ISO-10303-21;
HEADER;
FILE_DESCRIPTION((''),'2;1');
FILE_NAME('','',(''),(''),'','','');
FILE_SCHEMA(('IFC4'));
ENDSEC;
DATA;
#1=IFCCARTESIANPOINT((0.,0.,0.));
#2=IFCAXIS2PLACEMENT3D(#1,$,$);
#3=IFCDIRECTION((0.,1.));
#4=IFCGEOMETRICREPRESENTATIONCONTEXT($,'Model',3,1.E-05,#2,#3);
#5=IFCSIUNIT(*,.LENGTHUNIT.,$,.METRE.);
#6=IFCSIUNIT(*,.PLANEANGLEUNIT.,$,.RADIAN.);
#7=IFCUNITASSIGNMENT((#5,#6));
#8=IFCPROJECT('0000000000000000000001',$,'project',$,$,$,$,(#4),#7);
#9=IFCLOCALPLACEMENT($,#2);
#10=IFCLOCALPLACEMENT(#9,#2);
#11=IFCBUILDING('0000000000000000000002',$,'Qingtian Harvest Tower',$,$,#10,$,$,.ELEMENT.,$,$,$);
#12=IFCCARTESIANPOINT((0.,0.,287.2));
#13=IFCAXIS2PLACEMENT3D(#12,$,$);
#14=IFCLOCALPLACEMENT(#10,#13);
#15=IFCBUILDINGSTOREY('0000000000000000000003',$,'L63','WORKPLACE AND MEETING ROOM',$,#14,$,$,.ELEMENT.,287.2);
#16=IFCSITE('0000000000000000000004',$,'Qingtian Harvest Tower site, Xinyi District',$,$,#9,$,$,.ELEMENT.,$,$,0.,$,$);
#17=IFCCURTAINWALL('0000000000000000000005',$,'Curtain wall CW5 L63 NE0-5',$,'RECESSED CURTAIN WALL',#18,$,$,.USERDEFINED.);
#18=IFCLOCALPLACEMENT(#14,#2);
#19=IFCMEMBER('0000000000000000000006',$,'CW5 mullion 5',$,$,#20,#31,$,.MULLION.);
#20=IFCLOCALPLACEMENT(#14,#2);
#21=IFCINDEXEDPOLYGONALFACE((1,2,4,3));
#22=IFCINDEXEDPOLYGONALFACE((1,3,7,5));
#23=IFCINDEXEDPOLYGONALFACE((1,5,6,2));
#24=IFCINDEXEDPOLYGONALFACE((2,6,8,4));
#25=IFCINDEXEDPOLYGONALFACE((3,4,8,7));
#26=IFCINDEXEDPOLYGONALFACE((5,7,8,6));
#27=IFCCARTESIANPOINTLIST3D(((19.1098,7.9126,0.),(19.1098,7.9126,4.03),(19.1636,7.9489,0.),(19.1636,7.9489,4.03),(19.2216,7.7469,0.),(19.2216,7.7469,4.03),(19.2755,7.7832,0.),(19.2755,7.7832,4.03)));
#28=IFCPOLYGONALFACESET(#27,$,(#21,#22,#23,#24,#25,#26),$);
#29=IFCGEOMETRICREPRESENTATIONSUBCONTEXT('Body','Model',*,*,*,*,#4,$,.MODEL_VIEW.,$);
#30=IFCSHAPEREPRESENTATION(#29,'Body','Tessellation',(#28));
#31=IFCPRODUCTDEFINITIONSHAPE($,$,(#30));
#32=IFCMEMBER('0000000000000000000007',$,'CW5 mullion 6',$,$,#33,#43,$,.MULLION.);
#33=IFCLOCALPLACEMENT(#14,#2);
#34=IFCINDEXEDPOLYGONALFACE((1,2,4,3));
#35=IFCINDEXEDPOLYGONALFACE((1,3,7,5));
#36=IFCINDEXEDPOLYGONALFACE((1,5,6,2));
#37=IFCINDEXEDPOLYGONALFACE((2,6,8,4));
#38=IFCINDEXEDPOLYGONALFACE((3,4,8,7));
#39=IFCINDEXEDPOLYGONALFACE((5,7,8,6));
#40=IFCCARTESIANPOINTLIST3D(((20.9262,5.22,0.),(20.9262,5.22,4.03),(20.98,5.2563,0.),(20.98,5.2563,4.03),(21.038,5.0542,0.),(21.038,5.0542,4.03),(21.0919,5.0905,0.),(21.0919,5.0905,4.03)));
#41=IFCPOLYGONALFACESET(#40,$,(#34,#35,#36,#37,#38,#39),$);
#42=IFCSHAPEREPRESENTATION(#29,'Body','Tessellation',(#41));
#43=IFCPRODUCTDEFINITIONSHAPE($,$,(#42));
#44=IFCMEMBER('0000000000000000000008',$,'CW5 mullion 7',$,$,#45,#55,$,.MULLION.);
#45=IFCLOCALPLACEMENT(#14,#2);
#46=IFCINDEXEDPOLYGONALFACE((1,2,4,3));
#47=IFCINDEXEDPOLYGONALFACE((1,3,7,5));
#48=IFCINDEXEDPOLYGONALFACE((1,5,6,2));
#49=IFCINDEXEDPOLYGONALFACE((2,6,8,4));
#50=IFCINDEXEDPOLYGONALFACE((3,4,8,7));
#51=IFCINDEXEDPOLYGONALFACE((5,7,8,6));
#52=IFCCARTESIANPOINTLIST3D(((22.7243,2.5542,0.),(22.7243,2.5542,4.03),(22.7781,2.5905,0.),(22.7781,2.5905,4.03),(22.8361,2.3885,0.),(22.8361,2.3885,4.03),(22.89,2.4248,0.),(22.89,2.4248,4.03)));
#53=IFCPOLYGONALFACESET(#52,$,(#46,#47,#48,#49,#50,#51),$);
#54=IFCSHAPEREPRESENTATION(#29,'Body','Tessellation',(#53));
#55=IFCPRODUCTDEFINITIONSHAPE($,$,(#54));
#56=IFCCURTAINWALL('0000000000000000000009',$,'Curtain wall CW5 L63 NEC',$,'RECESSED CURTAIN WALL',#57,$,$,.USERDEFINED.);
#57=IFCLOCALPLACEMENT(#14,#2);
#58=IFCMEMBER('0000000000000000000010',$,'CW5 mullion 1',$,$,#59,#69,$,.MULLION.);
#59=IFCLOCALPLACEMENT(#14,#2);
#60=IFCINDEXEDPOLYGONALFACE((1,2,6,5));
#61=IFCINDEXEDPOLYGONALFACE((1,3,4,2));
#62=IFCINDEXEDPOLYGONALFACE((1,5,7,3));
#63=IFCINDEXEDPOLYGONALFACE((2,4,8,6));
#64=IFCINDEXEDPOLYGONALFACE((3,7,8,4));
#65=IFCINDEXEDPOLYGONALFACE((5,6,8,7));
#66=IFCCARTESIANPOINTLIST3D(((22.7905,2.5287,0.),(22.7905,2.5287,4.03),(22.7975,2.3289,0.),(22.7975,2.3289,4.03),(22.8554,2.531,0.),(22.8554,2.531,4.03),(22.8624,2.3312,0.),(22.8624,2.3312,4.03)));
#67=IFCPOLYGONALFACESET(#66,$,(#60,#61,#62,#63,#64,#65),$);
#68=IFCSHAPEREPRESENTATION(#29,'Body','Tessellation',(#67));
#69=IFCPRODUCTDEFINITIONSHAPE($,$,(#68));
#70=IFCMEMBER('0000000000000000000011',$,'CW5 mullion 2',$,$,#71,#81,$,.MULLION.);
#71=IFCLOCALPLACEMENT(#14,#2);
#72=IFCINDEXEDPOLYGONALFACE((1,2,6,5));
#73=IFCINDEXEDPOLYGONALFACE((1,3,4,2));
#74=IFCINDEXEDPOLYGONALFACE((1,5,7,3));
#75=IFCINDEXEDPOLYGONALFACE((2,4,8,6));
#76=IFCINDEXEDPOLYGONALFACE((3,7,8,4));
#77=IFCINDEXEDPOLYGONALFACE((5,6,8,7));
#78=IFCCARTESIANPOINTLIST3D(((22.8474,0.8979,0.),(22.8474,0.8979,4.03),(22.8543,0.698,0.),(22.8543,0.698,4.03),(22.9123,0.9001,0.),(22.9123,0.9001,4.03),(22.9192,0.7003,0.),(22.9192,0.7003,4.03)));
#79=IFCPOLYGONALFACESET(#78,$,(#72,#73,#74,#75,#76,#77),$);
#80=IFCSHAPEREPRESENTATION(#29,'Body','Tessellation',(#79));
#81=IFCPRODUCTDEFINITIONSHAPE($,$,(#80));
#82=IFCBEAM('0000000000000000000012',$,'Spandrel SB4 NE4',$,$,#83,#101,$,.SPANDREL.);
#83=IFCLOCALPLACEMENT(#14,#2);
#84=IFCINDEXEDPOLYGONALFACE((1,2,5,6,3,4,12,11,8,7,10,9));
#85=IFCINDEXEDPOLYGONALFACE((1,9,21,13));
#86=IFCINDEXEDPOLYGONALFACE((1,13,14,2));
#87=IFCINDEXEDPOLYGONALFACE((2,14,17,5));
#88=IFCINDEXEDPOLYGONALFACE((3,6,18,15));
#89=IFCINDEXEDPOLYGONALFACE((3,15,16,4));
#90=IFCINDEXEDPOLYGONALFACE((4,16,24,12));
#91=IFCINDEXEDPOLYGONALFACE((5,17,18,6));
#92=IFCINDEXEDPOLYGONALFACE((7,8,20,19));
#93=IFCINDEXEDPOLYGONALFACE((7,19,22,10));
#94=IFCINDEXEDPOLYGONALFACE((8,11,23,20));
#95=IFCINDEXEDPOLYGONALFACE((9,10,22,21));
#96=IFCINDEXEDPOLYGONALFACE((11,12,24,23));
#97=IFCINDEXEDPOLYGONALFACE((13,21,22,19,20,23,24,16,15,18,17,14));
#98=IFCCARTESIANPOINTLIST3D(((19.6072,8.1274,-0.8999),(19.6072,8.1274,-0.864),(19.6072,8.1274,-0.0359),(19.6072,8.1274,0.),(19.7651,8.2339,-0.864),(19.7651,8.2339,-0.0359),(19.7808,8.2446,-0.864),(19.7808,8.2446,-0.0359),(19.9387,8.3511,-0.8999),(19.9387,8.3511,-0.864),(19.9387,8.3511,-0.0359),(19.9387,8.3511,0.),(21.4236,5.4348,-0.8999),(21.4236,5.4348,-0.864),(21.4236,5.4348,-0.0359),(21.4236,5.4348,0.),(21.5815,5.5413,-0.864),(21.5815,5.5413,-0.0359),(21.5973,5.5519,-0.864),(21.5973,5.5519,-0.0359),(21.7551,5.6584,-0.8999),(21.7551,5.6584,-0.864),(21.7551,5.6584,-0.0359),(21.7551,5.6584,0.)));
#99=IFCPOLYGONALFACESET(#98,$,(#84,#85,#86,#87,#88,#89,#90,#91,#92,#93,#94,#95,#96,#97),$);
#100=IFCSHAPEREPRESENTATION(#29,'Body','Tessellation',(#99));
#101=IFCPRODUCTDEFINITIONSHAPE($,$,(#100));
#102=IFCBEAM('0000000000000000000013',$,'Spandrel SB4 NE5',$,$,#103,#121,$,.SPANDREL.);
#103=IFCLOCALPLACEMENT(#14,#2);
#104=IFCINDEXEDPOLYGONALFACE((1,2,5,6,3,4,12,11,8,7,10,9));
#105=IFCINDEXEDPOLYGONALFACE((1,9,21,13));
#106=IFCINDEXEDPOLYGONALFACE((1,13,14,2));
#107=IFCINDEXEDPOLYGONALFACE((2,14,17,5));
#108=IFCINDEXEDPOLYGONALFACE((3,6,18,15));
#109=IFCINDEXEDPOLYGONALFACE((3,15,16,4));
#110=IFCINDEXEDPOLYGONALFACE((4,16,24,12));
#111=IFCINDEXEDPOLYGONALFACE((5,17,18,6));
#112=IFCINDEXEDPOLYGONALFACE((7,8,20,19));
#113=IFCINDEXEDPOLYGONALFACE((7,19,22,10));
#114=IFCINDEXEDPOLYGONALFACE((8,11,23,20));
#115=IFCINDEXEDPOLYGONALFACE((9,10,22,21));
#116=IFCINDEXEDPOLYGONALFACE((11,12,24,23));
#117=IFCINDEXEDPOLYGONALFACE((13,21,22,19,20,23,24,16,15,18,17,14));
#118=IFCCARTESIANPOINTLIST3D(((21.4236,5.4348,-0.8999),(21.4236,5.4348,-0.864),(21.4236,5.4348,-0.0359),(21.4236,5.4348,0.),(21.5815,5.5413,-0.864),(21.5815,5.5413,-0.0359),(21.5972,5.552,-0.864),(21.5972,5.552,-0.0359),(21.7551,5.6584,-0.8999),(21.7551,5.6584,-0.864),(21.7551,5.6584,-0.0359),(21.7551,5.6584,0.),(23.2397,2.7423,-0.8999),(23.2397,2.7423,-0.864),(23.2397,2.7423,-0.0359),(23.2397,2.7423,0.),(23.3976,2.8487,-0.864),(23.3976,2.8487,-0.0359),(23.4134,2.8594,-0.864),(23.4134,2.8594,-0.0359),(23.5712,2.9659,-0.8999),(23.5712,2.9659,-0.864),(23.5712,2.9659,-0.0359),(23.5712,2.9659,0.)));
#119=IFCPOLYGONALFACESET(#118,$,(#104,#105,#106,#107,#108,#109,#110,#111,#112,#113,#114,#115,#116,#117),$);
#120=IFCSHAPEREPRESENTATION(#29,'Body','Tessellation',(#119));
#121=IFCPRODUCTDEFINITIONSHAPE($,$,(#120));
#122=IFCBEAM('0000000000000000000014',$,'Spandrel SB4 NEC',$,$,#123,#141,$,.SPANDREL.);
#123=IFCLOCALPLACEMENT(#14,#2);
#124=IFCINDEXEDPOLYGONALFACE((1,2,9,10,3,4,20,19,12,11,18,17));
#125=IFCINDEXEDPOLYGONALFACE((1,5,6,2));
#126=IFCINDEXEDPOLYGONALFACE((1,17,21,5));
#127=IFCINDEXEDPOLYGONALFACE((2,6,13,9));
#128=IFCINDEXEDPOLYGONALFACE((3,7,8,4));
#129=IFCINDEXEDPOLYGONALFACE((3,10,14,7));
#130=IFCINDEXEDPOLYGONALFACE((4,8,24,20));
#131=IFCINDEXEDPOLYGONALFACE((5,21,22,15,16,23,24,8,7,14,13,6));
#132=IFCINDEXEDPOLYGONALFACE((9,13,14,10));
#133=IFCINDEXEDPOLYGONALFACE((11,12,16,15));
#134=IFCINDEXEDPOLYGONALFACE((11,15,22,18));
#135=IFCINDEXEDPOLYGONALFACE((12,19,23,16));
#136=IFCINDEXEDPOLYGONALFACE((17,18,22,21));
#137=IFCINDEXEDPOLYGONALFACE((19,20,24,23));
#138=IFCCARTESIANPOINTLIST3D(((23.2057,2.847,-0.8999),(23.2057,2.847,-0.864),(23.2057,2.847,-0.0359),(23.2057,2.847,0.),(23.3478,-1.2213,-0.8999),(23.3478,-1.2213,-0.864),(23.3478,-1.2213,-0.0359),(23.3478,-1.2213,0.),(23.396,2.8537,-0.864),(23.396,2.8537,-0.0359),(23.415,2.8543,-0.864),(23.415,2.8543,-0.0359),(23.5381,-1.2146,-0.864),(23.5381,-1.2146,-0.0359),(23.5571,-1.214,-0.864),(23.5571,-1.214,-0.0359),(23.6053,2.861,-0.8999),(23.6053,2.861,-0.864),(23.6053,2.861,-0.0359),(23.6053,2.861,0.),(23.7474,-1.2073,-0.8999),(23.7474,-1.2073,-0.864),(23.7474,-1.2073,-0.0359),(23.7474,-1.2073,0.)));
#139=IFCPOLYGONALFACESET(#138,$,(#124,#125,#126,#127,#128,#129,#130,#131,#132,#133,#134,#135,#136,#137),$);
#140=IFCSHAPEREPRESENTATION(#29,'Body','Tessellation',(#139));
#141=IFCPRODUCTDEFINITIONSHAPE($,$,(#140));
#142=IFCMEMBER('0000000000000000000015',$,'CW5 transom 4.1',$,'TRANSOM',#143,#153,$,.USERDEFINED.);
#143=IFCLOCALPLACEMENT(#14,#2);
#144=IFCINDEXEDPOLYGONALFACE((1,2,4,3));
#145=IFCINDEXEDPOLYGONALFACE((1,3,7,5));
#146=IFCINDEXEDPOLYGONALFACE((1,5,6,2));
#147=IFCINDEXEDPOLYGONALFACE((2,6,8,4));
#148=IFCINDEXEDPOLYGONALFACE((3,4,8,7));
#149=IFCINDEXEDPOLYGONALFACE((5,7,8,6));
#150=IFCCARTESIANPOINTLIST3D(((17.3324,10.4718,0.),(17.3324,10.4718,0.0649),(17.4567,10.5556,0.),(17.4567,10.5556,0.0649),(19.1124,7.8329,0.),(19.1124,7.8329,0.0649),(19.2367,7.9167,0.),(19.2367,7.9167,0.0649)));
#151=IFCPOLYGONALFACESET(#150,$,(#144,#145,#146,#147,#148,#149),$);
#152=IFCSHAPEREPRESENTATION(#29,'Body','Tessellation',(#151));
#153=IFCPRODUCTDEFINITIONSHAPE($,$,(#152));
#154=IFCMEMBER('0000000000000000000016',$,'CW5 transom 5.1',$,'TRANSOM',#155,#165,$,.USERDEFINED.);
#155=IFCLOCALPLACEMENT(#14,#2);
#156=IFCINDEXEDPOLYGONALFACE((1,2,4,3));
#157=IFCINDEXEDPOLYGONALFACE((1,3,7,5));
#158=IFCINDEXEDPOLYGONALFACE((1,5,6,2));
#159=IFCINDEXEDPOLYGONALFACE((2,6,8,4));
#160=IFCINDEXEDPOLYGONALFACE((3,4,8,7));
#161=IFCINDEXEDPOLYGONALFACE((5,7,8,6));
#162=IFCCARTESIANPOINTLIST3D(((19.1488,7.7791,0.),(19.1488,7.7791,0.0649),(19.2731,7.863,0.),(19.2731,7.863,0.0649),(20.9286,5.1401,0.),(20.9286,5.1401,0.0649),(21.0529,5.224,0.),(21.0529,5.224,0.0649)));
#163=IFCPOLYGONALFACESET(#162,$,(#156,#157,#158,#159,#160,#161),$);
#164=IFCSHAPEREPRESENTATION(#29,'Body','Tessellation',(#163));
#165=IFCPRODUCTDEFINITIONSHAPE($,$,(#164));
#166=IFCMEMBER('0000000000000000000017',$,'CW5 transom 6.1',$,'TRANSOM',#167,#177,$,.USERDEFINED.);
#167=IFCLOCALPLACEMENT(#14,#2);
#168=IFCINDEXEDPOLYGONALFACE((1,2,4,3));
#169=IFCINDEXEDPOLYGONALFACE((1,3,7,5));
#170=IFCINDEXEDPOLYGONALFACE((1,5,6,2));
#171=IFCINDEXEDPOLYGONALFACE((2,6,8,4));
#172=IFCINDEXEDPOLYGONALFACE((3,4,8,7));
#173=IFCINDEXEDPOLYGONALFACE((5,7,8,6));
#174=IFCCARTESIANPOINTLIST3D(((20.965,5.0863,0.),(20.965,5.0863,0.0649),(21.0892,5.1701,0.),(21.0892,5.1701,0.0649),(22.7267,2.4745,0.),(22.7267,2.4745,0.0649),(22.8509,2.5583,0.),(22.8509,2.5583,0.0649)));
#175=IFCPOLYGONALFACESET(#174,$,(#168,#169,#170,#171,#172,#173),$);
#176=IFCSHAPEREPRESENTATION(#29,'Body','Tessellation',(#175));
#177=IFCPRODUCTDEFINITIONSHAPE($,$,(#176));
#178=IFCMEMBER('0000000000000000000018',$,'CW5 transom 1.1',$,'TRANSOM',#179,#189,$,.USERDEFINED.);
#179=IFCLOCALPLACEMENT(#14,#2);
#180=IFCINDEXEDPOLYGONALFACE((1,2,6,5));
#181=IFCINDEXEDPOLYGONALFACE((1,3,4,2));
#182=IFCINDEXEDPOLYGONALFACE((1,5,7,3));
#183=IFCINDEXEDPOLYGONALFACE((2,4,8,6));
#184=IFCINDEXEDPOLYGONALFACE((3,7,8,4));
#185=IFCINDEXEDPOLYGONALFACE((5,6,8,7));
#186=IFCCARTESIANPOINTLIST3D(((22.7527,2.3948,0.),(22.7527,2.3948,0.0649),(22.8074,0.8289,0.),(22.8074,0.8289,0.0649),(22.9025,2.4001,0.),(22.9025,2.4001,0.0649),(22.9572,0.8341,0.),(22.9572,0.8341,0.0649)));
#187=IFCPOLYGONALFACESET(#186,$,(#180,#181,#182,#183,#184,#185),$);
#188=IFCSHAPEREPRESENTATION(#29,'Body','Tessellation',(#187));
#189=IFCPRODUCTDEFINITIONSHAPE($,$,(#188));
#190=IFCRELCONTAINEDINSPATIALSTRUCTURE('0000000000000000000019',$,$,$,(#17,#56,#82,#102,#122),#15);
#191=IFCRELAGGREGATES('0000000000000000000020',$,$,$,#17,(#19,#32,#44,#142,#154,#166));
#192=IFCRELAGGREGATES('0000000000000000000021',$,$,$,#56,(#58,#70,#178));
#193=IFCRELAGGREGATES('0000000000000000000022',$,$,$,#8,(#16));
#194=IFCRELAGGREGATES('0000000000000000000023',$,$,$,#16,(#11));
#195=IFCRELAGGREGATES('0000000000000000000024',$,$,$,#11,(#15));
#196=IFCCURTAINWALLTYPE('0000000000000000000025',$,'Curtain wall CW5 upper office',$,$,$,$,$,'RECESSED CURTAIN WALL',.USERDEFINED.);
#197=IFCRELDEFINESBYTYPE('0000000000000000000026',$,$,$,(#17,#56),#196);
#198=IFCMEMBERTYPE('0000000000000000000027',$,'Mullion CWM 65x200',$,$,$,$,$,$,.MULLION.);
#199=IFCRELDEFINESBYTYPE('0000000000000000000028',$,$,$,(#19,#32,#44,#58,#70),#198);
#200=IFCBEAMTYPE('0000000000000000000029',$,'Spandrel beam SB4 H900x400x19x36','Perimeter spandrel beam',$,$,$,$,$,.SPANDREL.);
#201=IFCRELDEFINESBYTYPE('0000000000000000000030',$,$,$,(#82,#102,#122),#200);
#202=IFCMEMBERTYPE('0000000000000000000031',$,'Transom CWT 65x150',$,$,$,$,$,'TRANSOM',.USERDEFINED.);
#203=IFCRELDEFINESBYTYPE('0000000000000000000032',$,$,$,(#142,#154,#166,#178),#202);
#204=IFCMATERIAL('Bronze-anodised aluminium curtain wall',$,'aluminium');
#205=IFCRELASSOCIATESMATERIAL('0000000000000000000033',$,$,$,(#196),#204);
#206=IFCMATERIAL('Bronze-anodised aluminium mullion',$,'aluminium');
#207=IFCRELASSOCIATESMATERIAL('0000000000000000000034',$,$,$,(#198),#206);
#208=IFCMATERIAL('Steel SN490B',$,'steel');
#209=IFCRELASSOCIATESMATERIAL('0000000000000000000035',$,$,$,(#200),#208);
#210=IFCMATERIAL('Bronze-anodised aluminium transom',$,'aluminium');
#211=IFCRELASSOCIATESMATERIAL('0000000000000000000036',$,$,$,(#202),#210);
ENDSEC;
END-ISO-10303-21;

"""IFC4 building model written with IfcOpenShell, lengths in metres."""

from ifc_helpers import new_model, si_unit, direction, frame, origin, origin_2d, place, context, subcontext, project, spatial, rectangle, i_section, extrude, material, material_profile, profile_set, type_object, element, aggregate, save


model = new_model("IFC4")

# Units and contexts
model_context = context("Model", 3, precision=1e-05, world=origin(), true_north=direction((0.0, 1.0)))
body_context = subcontext(model_context, "Body", "Model", "MODEL_VIEW")
ifc_project = project(units=[si_unit("LENGTHUNIT", "METRE"), si_unit("PLANEANGLEUNIT", "RADIAN")], contexts=[model_context])

# Site, building, storey
site_placement = place(None, origin())
site = spatial("IfcSite", under=ifc_project, at=site_placement, Name="Qingtian Harvest Tower site, Xinyi District", CompositionType="ELEMENT", RefElevation=0.0)
building_placement = place(site_placement, origin())
building = spatial("IfcBuilding", under=site, at=building_placement, Name="Qingtian Harvest Tower", CompositionType="ELEMENT")
storey_placement = place(building_placement, frame((0.0, 0.0, 287.2)))
storey = spatial("IfcBuildingStorey", under=building, at=storey_placement, Name="L63", Description="WORKPLACE AND MEETING ROOM", CompositionType="ELEMENT", Elevation=287.2)

# Curtain walls, members
ifc_material_1 = material(Name="Bronze-anodised aluminium curtain wall", Category="aluminium")
curtain_wall_type = type_object("IfcCurtainWallType", Name="Curtain wall CW5 upper office", ElementType="RECESSED CURTAIN WALL", PredefinedType="USERDEFINED", material=ifc_material_1)
curtain_wall_1_placement = place(storey_placement, origin())
curtain_wall_1 = element("IfcCurtainWall", 1, at=curtain_wall_1_placement, inside=storey, type_object=curtain_wall_type, Name="Curtain wall CW5 L63 NE0-5", ObjectType="RECESSED CURTAIN WALL", PredefinedType="USERDEFINED")
ifc_material_2 = material(Name="Bronze-anodised aluminium mullion", Category="aluminium")
ifc_material_profile_1 = material_profile(ifc_material_2, rectangle(XDim=0.0649, YDim=0.2, at=origin_2d()), Name="AL 65x200")
ifc_profile_set_1 = profile_set([ifc_material_profile_1], Name="Bronze-anodised aluminium mullion")
member_type_1 = type_object("IfcMemberType", Name="Mullion CWM 65x200", PredefinedType="MULLION", material=ifc_profile_set_1)
member_1_placement = place(storey_placement, frame((19.1926, 7.8479, 0.0), z_axis=(0.0, 0.0, 1.0), x_axis=(0.829038, 0.559193, 0.0)))
member_1 = element("IfcMember", 2, at=member_1_placement, type_object=member_type_1, Name="CW5 mullion 5", PredefinedType="MULLION", context=body_context, shape_type="SweptSolid", body=[
    extrude(rectangle(XDim=0.0649, YDim=0.2, at=origin_2d()), origin(), (0.0, 0.0, 1.0), 4.03),
])
member_2_placement = place(storey_placement, frame((21.009, 5.1553, 0.0), z_axis=(0.0, 0.0, 1.0), x_axis=(0.829038, 0.559193, 0.0)))
member_2 = element("IfcMember", 3, at=member_2_placement, type_object=member_type_1, Name="CW5 mullion 6", PredefinedType="MULLION", context=body_context, shape_type="SweptSolid", body=[
    extrude(rectangle(XDim=0.0649, YDim=0.2, at=origin_2d()), origin(), (0.0, 0.0, 1.0), 4.03),
])
member_3_placement = place(storey_placement, frame((22.8071, 2.4895, 0.0), z_axis=(0.0, 0.0, 1.0), x_axis=(0.829038, 0.559193, 0.0)))
member_3 = element("IfcMember", 4, at=member_3_placement, type_object=member_type_1, Name="CW5 mullion 7", PredefinedType="MULLION", context=body_context, shape_type="SweptSolid", body=[
    extrude(rectangle(XDim=0.0649, YDim=0.2, at=origin_2d()), origin(), (0.0, 0.0, 1.0), 4.03),
])
curtain_wall_2_placement = place(storey_placement, origin())
curtain_wall_2 = element("IfcCurtainWall", 5, at=curtain_wall_2_placement, inside=storey, type_object=curtain_wall_type, Name="Curtain wall CW5 L63 NEC", ObjectType="RECESSED CURTAIN WALL", PredefinedType="USERDEFINED")
member_4_placement = place(storey_placement, frame((22.8264, 2.4299, 0.0), z_axis=(0.0, 0.0, 1.0), x_axis=(0.999391, 0.034899, 0.0)))
member_4 = element("IfcMember", 6, at=member_4_placement, type_object=member_type_1, Name="CW5 mullion 1", PredefinedType="MULLION", context=body_context, shape_type="SweptSolid", body=[
    extrude(rectangle(XDim=0.0649, YDim=0.2, at=origin_2d()), origin(), (0.0, 0.0, 1.0), 4.03),
])
member_5_placement = place(storey_placement, frame((22.8833, 0.7991, 0.0), z_axis=(0.0, 0.0, 1.0), x_axis=(0.999391, 0.034899, 0.0)))
member_5 = element("IfcMember", 7, at=member_5_placement, type_object=member_type_1, Name="CW5 mullion 2", PredefinedType="MULLION", context=body_context, shape_type="SweptSolid", body=[
    extrude(rectangle(XDim=0.0649, YDim=0.2, at=origin_2d()), origin(), (0.0, 0.0, 1.0), 4.03),
])

# Beams
ifc_material_3 = material(Name="Steel SN490B", Category="steel")
ifc_material_profile_2 = material_profile(ifc_material_3, i_section(OverallWidth=0.3999, OverallDepth=0.8999, WebThickness=0.019, FlangeThickness=0.0359, at=origin_2d()), Name="H900x400x19x36")
ifc_profile_set_2 = profile_set([ifc_material_profile_2], Name="Steel SN490B")
beam_type_1 = type_object("IfcBeamType", Name="Spandrel beam SB4 H900x400x19x36", Description="Perimeter spandrel beam", PredefinedType="SPANDREL", material=ifc_profile_set_2)
beam_1_placement = place(storey_placement, frame((19.7729, 8.2393, -0.45), z_axis=(0.559237, -0.829008, 0.0), x_axis=(0.829008, 0.559237, 0.0)))
element("IfcBeam", 8, at=beam_1_placement, inside=storey, type_object=beam_type_1, Name="Spandrel SB4 NE4", PredefinedType="SPANDREL", context=body_context, shape_type="SweptSolid", body=[
    extrude(i_section(OverallWidth=0.3999, OverallDepth=0.8999, WebThickness=0.019, FlangeThickness=0.0359, at=origin_2d()), origin(), (0.0, 0.0, 1.0), 3.248),
])
beam_2_placement = place(storey_placement, frame((21.5894, 5.5466, -0.45), z_axis=(0.559185, -0.829043, 0.0), x_axis=(0.829043, 0.559185, 0.0)))
element("IfcBeam", 9, at=beam_2_placement, inside=storey, type_object=beam_type_1, Name="Spandrel SB4 NE5", PredefinedType="SPANDREL", context=body_context, shape_type="SweptSolid", body=[
    extrude(i_section(OverallWidth=0.3999, OverallDepth=0.8999, WebThickness=0.019, FlangeThickness=0.0359, at=origin_2d()), origin(), (0.0, 0.0, 1.0), 3.2478),
])
beam_3_placement = place(storey_placement, frame((23.4055, 2.854, -0.45), z_axis=(0.034904, -0.999391, 0.0), x_axis=(0.999391, 0.034904, 0.0)))
element("IfcBeam", 10, at=beam_3_placement, inside=storey, type_object=beam_type_1, Name="Spandrel SB4 NEC", PredefinedType="SPANDREL", context=body_context, shape_type="SweptSolid", body=[
    extrude(i_section(OverallWidth=0.3999, OverallDepth=0.8999, WebThickness=0.019, FlangeThickness=0.0359, at=origin_2d()), origin(), (0.0, 0.0, 1.0), 4.0708),
])

# Members
ifc_material_4 = material(Name="Bronze-anodised aluminium transom", Category="aluminium")
ifc_material_profile_3 = material_profile(ifc_material_4, rectangle(XDim=0.1499, YDim=0.0649, at=origin_2d()), Name="AL 65x150")
ifc_profile_set_3 = profile_set([ifc_material_profile_3], Name="Bronze-anodised aluminium transom")
member_type_2 = type_object("IfcMemberType", Name="Transom CWT 65x150", ElementType="TRANSOM", PredefinedType="USERDEFINED", material=ifc_profile_set_3)
member_6_placement = place(storey_placement, frame((17.3945, 10.5137, 0.0325), z_axis=(0.559205, -0.829029, 0.0), x_axis=(0.829029, 0.559205, 0.0)))
member_6 = element("IfcMember", 11, at=member_6_placement, type_object=member_type_2, Name="CW5 transom 4.1", ObjectType="TRANSOM", PredefinedType="USERDEFINED", context=body_context, shape_type="SweptSolid", body=[
    extrude(rectangle(XDim=0.1499, YDim=0.0649, at=origin_2d()), origin(), (0.0, 0.0, 1.0), 3.1831),
])
member_7_placement = place(storey_placement, frame((19.2109, 7.821, 0.0325), z_axis=(0.559153, -0.829065, 0.0), x_axis=(0.829065, 0.559153, 0.0)))
member_7 = element("IfcMember", 12, at=member_7_placement, type_object=member_type_2, Name="CW5 transom 5.1", ObjectType="TRANSOM", PredefinedType="USERDEFINED", context=body_context, shape_type="SweptSolid", body=[
    extrude(rectangle(XDim=0.1499, YDim=0.0649, at=origin_2d()), origin(), (0.0, 0.0, 1.0), 3.1831),
])
member_8_placement = place(storey_placement, frame((21.0271, 5.1282, 0.0325), z_axis=(0.559199, -0.829034, 0.0), x_axis=(0.829034, 0.559199, 0.0)))
member_8 = element("IfcMember", 13, at=member_8_placement, type_object=member_type_2, Name="CW5 transom 6.1", ObjectType="TRANSOM", PredefinedType="USERDEFINED", context=body_context, shape_type="SweptSolid", body=[
    extrude(rectangle(XDim=0.1499, YDim=0.0649, at=origin_2d()), origin(), (0.0, 0.0, 1.0), 3.1504),
])
member_9_placement = place(storey_placement, frame((22.8276, 2.3975, 0.0325), z_axis=(0.034902, -0.999391, 0.0), x_axis=(0.999391, 0.034902, 0.0)))
member_9 = element("IfcMember", 14, at=member_9_placement, type_object=member_type_2, Name="CW5 transom 1.1", ObjectType="TRANSOM", PredefinedType="USERDEFINED", context=body_context, shape_type="SweptSolid", body=[
    extrude(rectangle(XDim=0.1499, YDim=0.0649, at=origin_2d()), origin(), (0.0, 0.0, 1.0), 1.5669),
])

aggregate(curtain_wall_1, [member_1, member_2, member_3, member_6, member_7, member_8])
aggregate(curtain_wall_2, [member_4, member_5, member_9])

save(model, "model.ifc")
